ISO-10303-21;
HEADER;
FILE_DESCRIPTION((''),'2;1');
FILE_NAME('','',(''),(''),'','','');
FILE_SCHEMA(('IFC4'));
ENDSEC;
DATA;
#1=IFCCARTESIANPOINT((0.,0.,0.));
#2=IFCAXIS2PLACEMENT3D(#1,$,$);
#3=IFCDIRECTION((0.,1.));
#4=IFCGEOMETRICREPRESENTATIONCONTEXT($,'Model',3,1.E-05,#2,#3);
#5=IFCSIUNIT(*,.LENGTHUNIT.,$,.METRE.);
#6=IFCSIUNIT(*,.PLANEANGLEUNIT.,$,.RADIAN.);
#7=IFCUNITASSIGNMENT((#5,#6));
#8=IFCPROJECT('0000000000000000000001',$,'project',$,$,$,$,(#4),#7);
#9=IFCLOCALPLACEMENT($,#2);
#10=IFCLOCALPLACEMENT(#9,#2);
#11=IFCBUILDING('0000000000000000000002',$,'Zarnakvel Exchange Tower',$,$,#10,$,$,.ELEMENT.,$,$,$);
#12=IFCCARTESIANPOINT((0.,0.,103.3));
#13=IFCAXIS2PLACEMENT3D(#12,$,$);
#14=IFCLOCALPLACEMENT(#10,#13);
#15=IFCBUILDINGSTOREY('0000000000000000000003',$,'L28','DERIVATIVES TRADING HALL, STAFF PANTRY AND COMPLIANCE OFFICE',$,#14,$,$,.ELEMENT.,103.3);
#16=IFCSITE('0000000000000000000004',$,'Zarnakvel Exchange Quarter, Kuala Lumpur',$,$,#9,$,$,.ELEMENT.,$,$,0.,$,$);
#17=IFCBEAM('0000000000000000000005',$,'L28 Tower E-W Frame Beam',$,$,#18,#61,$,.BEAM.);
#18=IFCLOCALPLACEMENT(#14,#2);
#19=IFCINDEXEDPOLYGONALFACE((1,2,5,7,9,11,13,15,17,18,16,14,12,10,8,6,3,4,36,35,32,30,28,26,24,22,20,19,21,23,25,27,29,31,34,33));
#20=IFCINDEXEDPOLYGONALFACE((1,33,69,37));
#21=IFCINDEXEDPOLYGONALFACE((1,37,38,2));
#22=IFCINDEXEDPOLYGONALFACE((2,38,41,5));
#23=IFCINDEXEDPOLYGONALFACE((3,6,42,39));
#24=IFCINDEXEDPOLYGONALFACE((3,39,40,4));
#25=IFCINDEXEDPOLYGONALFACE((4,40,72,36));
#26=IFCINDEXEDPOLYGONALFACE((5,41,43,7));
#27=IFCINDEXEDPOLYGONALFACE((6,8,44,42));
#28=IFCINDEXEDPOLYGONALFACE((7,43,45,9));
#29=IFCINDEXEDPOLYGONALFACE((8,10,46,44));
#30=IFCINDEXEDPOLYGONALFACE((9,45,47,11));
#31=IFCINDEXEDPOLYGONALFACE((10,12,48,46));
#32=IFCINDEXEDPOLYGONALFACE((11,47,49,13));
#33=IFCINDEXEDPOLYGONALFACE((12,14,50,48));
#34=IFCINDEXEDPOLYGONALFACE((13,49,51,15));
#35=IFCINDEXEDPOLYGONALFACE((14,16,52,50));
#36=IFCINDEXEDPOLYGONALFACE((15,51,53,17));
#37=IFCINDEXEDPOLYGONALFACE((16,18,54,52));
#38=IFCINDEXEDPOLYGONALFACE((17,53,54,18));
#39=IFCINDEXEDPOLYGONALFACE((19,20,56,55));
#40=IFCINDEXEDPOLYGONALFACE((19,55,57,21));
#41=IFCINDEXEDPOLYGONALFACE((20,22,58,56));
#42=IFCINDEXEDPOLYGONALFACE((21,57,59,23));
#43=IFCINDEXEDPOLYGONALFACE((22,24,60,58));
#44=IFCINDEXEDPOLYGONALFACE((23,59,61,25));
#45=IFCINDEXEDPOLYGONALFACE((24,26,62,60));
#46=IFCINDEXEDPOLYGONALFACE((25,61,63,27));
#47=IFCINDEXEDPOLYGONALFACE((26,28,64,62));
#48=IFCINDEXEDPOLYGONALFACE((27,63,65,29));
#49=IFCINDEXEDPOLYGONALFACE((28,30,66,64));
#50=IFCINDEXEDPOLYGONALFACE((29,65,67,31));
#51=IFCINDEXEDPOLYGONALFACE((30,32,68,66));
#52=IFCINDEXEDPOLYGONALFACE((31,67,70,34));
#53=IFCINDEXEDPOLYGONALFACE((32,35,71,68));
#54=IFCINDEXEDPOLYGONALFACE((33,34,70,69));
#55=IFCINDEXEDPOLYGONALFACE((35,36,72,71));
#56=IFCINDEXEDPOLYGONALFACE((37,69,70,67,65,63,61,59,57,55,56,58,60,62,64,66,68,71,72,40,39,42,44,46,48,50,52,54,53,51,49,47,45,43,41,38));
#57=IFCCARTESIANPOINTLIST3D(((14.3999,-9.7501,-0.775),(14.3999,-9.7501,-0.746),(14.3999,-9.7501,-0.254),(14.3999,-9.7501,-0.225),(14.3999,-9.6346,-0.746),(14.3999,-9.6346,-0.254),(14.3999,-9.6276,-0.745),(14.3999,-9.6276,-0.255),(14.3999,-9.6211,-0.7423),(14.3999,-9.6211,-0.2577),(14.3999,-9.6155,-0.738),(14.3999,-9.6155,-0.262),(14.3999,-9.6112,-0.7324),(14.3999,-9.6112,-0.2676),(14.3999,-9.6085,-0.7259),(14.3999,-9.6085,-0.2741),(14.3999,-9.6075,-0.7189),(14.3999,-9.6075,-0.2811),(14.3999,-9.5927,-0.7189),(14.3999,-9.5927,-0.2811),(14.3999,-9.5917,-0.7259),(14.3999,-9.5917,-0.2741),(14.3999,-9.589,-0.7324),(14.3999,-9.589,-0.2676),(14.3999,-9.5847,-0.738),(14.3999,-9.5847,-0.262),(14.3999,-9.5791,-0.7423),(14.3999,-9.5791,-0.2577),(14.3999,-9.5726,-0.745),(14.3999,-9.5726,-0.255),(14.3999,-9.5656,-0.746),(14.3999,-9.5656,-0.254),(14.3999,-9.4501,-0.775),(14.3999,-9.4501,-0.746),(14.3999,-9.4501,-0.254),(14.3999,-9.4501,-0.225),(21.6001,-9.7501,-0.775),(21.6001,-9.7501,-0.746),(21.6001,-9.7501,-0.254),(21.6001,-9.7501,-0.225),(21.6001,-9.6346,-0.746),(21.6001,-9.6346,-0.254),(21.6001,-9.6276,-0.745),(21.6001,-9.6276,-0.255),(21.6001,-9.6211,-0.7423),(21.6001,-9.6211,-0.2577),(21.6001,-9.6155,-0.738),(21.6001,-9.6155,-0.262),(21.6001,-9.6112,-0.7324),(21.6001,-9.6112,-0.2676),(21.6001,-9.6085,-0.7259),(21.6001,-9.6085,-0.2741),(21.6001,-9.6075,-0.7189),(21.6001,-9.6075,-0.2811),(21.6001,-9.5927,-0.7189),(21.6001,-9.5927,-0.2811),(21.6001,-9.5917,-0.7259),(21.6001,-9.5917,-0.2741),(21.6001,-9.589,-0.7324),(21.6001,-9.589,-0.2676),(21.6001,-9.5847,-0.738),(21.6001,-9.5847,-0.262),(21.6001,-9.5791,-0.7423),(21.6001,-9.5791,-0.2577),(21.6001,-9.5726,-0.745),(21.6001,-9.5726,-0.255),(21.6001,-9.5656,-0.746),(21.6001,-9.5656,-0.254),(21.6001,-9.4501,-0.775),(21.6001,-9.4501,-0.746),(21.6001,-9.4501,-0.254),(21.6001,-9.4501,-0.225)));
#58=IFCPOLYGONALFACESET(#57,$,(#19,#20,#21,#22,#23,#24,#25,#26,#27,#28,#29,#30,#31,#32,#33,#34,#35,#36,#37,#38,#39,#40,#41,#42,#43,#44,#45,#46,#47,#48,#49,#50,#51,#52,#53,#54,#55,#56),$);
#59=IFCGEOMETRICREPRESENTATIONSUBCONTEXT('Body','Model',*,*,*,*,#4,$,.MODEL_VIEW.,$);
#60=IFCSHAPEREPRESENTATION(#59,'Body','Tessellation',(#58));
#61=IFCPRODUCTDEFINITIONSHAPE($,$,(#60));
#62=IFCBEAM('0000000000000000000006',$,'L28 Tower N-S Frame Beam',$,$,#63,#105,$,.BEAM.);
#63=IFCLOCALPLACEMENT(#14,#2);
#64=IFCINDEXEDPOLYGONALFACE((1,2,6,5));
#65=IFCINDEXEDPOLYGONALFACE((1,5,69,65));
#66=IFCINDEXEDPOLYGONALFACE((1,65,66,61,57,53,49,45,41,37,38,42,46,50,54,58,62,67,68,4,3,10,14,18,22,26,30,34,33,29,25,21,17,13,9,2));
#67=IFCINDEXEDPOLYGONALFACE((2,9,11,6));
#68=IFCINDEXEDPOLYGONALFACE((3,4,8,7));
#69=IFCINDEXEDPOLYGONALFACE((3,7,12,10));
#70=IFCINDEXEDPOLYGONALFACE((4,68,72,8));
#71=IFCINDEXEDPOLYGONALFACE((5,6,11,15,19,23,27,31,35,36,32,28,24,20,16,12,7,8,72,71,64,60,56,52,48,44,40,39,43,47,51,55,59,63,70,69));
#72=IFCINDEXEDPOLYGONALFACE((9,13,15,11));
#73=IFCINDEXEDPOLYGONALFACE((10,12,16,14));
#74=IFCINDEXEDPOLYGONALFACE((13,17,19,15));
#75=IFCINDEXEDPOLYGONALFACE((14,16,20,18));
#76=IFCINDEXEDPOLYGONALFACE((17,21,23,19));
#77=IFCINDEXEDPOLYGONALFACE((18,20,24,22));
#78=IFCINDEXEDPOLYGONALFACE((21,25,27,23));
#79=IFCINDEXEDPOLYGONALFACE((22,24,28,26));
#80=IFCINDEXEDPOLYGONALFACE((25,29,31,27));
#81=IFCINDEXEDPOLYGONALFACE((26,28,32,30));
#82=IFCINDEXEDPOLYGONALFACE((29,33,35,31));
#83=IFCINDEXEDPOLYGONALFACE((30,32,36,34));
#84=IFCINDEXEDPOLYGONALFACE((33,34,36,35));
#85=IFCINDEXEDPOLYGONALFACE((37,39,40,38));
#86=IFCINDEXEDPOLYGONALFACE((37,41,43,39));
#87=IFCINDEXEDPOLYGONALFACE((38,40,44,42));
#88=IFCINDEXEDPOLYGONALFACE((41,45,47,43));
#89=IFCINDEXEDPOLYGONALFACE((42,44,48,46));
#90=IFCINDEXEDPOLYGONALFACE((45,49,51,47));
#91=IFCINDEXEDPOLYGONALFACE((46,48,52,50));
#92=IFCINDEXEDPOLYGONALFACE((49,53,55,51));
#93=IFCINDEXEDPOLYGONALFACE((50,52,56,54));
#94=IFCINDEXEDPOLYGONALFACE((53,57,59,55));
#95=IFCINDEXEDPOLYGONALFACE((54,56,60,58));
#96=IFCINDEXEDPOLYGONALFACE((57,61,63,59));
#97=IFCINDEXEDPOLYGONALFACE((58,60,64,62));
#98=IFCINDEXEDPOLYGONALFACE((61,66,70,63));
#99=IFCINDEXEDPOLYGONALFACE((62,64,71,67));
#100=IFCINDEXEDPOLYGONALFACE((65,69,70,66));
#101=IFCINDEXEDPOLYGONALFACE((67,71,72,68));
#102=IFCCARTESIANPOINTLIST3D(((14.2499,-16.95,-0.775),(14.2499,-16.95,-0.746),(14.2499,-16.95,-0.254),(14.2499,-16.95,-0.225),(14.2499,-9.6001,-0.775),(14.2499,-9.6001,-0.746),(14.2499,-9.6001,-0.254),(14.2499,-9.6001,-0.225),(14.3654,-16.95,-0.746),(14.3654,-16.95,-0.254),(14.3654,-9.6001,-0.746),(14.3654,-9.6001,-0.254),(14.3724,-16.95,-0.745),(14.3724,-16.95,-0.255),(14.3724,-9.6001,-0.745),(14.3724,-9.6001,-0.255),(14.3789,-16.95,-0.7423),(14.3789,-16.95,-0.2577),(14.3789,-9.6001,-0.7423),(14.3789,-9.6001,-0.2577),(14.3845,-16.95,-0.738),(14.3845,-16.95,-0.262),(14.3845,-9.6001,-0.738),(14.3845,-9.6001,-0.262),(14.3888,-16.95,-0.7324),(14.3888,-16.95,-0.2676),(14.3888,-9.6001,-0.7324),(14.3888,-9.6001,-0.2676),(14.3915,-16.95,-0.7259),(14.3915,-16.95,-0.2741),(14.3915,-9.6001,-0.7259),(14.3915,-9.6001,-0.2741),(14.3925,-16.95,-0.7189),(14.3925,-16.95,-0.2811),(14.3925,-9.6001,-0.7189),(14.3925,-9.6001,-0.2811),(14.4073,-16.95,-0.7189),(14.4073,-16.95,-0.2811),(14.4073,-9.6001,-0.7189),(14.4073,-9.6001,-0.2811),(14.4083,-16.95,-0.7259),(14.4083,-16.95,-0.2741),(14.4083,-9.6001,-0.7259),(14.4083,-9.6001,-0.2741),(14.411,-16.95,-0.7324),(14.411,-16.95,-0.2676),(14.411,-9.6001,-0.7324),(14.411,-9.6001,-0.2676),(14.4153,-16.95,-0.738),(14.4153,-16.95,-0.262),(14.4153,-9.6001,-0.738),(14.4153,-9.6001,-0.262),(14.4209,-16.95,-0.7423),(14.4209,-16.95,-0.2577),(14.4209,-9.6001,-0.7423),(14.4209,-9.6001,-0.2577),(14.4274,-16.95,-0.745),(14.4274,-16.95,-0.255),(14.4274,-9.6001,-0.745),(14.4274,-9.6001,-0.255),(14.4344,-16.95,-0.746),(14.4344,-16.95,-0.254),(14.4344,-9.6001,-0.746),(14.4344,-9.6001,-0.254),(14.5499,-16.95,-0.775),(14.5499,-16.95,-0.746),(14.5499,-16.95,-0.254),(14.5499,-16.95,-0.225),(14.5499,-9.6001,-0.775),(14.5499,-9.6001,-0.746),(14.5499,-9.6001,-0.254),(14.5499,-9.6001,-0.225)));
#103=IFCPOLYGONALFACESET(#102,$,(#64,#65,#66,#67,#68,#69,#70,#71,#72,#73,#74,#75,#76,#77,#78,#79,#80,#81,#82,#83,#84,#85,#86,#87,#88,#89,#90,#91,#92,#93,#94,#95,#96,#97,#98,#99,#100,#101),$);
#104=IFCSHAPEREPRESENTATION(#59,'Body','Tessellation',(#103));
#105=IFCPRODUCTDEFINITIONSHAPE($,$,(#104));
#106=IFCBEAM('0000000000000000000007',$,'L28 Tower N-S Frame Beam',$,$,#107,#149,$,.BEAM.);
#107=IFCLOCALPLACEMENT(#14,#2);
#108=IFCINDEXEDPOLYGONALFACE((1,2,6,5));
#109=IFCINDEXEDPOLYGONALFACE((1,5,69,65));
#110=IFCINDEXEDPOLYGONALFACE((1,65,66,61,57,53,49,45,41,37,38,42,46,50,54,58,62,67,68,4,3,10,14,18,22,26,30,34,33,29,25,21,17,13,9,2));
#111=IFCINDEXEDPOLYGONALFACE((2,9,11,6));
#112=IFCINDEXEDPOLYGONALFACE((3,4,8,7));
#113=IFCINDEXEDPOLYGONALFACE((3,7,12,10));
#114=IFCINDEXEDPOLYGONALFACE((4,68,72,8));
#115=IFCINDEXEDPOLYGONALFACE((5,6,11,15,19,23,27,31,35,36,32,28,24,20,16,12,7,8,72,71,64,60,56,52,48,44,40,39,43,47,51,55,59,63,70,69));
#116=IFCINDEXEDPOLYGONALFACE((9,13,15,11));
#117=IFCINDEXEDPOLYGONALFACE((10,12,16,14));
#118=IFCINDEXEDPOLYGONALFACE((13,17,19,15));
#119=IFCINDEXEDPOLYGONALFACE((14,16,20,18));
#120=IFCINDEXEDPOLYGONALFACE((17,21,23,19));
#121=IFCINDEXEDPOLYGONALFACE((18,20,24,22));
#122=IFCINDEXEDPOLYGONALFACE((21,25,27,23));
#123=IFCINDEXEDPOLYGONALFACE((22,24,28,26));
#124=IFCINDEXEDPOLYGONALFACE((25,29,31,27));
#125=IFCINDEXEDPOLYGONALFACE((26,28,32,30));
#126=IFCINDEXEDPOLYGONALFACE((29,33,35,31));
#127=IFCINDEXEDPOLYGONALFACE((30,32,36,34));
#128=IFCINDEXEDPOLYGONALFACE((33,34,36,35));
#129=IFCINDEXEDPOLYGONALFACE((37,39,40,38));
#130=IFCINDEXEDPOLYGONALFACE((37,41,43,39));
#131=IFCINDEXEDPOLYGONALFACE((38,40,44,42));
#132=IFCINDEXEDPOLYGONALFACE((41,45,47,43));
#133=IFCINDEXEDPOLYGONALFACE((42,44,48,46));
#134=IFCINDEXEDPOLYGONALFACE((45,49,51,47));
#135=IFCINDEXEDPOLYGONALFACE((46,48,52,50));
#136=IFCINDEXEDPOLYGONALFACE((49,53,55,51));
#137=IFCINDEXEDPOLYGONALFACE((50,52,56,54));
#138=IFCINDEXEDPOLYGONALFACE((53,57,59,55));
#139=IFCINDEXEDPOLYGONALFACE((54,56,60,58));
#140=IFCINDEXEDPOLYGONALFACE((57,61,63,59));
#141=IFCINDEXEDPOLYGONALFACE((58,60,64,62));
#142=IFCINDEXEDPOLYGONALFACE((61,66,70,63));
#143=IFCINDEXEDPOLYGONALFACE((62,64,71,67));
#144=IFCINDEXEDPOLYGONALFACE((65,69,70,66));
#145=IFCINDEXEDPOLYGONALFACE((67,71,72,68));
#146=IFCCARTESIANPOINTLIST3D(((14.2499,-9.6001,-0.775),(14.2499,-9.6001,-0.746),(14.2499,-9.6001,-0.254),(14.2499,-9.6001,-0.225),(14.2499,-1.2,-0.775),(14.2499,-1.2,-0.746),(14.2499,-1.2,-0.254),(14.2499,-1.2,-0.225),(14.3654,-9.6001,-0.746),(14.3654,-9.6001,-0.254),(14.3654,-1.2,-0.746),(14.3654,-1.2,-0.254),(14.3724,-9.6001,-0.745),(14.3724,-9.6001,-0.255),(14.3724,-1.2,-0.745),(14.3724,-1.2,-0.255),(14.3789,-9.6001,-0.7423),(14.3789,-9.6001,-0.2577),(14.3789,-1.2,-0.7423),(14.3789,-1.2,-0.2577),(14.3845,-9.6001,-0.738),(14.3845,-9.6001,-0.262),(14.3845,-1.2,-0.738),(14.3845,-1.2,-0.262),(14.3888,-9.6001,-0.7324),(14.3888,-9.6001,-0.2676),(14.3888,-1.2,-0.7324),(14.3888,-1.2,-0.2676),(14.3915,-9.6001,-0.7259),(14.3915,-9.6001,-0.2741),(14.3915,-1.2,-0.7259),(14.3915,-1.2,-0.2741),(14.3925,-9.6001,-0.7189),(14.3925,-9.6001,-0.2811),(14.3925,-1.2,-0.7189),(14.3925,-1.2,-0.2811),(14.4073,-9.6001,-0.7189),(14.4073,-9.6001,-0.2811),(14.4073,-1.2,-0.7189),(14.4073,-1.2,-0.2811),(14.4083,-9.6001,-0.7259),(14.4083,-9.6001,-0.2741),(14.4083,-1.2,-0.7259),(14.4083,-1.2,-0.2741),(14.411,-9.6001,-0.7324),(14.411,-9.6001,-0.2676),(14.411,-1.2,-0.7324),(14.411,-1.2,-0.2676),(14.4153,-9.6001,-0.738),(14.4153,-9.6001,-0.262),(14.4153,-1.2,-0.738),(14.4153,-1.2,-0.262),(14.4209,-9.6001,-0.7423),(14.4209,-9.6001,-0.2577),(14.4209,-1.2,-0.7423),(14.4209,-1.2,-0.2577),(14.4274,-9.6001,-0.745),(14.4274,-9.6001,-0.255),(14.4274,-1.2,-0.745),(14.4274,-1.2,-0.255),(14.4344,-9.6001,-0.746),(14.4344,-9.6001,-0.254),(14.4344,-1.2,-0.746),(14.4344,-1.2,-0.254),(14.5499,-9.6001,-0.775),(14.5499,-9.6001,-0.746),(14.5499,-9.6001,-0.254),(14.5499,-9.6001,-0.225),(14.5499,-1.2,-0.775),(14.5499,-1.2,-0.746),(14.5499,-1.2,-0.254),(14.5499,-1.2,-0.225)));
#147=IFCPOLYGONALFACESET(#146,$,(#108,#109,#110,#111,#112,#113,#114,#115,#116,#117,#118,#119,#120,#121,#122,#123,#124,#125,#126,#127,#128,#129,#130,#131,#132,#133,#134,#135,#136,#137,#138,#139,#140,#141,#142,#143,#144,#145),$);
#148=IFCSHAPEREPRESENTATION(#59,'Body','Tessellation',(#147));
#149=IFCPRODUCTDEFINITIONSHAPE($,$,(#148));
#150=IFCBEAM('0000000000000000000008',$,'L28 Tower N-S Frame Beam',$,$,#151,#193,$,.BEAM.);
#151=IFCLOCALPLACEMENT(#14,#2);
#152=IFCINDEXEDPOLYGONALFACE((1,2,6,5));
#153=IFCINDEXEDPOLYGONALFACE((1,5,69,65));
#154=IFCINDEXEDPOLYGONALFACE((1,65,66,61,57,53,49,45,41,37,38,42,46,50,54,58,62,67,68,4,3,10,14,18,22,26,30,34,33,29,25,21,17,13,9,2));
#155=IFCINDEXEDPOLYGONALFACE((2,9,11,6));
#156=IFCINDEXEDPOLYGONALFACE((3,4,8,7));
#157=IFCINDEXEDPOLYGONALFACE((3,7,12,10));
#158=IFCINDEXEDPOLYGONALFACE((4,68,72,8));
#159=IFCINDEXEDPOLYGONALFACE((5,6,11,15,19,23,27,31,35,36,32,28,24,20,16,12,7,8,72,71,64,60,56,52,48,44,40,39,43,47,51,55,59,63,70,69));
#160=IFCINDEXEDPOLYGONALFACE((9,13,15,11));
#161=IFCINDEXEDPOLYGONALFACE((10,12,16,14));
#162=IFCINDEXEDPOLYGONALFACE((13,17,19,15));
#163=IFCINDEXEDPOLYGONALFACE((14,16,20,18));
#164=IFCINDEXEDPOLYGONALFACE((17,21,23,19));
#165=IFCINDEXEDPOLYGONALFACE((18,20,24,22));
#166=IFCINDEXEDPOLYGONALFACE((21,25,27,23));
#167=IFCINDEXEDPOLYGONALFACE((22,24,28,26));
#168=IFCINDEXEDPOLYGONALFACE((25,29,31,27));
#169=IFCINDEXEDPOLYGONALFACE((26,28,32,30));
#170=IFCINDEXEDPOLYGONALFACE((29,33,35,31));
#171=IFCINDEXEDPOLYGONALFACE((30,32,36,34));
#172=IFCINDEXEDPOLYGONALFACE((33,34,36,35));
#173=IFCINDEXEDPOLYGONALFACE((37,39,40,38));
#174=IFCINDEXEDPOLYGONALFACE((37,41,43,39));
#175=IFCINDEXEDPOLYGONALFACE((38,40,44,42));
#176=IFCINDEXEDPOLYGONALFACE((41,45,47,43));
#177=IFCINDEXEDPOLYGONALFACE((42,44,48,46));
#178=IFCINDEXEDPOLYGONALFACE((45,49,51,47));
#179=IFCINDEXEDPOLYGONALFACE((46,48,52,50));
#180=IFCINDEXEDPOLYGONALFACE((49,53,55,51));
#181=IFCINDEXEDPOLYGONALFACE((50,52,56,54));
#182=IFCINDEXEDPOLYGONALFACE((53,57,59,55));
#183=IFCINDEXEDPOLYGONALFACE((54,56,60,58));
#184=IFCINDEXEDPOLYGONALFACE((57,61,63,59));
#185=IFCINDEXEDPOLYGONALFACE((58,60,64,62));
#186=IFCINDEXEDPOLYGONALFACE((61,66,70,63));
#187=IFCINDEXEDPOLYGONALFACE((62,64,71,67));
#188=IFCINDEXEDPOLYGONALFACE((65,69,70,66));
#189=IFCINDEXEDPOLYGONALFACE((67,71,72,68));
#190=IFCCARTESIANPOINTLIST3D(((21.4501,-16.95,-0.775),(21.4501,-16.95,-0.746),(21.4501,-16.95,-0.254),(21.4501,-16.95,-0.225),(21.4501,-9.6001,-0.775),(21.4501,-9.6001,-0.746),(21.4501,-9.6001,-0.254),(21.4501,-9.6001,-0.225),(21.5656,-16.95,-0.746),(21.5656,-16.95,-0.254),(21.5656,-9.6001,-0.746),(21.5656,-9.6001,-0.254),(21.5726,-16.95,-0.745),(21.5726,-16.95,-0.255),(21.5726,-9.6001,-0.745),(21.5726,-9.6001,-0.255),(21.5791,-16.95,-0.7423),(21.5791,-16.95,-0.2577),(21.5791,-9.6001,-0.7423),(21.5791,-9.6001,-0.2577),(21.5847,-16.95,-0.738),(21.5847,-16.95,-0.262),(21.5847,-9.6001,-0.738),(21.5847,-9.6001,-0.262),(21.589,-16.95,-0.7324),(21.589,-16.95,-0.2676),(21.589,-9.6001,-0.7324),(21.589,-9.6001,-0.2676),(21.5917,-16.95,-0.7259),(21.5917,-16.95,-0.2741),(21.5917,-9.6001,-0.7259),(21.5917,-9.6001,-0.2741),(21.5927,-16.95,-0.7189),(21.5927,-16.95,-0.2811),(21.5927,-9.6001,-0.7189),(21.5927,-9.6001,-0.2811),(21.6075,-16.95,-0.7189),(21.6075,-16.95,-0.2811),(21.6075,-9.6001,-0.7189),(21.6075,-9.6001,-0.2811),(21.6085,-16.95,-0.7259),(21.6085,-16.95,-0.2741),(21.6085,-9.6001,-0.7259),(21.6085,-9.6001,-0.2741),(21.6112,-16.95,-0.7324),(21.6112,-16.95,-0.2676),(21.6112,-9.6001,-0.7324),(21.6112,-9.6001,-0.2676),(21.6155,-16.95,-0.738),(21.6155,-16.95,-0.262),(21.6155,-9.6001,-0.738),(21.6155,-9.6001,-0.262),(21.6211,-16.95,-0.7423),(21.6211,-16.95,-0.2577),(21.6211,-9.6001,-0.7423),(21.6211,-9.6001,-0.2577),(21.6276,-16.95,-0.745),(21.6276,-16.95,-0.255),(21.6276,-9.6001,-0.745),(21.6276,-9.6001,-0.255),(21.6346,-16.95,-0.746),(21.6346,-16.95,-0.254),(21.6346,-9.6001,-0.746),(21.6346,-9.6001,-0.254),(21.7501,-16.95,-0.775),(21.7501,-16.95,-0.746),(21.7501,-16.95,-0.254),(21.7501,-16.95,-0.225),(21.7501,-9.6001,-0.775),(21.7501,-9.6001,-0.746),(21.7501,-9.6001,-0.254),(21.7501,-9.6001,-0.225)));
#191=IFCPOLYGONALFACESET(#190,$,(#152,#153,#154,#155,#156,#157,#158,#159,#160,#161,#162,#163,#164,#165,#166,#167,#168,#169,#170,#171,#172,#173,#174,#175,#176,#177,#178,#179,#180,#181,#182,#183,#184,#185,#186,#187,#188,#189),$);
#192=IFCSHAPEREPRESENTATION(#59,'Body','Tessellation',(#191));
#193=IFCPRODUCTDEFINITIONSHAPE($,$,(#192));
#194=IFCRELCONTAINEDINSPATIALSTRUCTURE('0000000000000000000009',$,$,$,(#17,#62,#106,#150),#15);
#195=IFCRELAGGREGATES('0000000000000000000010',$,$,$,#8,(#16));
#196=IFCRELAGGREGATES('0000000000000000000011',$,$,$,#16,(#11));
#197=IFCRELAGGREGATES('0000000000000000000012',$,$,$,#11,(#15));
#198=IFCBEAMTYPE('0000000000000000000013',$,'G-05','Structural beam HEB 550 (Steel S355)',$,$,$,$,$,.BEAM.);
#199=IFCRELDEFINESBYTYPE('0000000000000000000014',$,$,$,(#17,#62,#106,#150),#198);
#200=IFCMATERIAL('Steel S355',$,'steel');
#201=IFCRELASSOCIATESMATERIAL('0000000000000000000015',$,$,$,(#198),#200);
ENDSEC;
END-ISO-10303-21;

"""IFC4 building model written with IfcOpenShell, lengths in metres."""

from ifc_helpers import new_model, si_unit, direction, frame, origin, origin_2d, place, context, subcontext, project, spatial, i_section, extrude, material, material_profile, profile_set, type_object, element, save


model = new_model("IFC4")

# Units and contexts
model_context = context("Model", 3, precision=1e-05, world=origin(), true_north=direction((0.0, 1.0)))
body_context = subcontext(model_context, "Body", "Model", "MODEL_VIEW")
ifc_project = project(units=[si_unit("LENGTHUNIT", "METRE"), si_unit("PLANEANGLEUNIT", "RADIAN")], contexts=[model_context])

# Site, building, storey
site_placement = place(None, origin())
site = spatial("IfcSite", under=ifc_project, at=site_placement, Name="Zarnakvel Exchange Quarter, Kuala Lumpur", CompositionType="ELEMENT", RefElevation=0.0)
building_placement = place(site_placement, origin())
building = spatial("IfcBuilding", under=site, at=building_placement, Name="Zarnakvel Exchange Tower", CompositionType="ELEMENT")
storey_placement = place(building_placement, frame((0.0, 0.0, 103.3)))
storey = spatial("IfcBuildingStorey", under=building, at=storey_placement, Name="L28", Description="DERIVATIVES TRADING HALL, STAFF PANTRY AND COMPLIANCE OFFICE", CompositionType="ELEMENT", Elevation=103.3)

# Beams
ifc_material_1 = material(Name="Steel S355", Category="steel")
ifc_material_profile_1 = material_profile(ifc_material_1, i_section(OverallWidth=0.3, OverallDepth=0.55, WebThickness=0.0149, FlangeThickness=0.0291, FilletRadius=0.0271, at=origin_2d()))
ifc_profile_set_1 = profile_set([ifc_material_profile_1], Name="Steel S355")
beam_type_1 = type_object("IfcBeamType", Name="G-05", Description="Structural beam HEB 550 (Steel S355)", PredefinedType="BEAM", material=ifc_profile_set_1)
beam_1_placement = place(storey_placement, frame((14.3999, -9.6001, -0.5), z_axis=(1.0, 0.0, 0.0), x_axis=(0.0, 1.0, 0.0)))
element("IfcBeam", 1, at=beam_1_placement, inside=storey, type_object=beam_type_1, Name="L28 Tower E-W Frame Beam", PredefinedType="BEAM", context=body_context, shape_type="SweptSolid", body=[
    extrude(i_section(OverallWidth=0.3, OverallDepth=0.55, WebThickness=0.0149, FlangeThickness=0.0291, FilletRadius=0.0271, at=origin_2d()), origin(), (0.0, 0.0, 1.0), 7.2002),
])
beam_2_placement = place(storey_placement, frame((14.3999, -16.95, -0.5), z_axis=(0.0, 1.0, 0.0), x_axis=(-1.0, 0.0, 0.0)))
element("IfcBeam", 2, at=beam_2_placement, inside=storey, type_object=beam_type_1, Name="L28 Tower N-S Frame Beam", PredefinedType="BEAM", context=body_context, shape_type="SweptSolid", body=[
    extrude(i_section(OverallWidth=0.3, OverallDepth=0.55, WebThickness=0.0149, FlangeThickness=0.0291, FilletRadius=0.0271, at=origin_2d()), origin(), (0.0, 0.0, 1.0), 7.3499),
])
beam_3_placement = place(storey_placement, frame((14.3999, -9.6001, -0.5), z_axis=(0.0, 1.0, 0.0), x_axis=(-1.0, 0.0, 0.0)))
element("IfcBeam", 3, at=beam_3_placement, inside=storey, type_object=beam_type_1, Name="L28 Tower N-S Frame Beam", PredefinedType="BEAM", context=body_context, shape_type="SweptSolid", body=[
    extrude(i_section(OverallWidth=0.3, OverallDepth=0.55, WebThickness=0.0149, FlangeThickness=0.0291, FilletRadius=0.0271, at=origin_2d()), origin(), (0.0, 0.0, 1.0), 8.4001),
])
beam_4_placement = place(storey_placement, frame((21.6001, -16.95, -0.5), z_axis=(0.0, 1.0, 0.0), x_axis=(-1.0, 0.0, 0.0)))
element("IfcBeam", 4, at=beam_4_placement, inside=storey, type_object=beam_type_1, Name="L28 Tower N-S Frame Beam", PredefinedType="BEAM", context=body_context, shape_type="SweptSolid", body=[
    extrude(i_section(OverallWidth=0.3, OverallDepth=0.55, WebThickness=0.0149, FlangeThickness=0.0291, FilletRadius=0.0271, at=origin_2d()), origin(), (0.0, 0.0, 1.0), 7.3499),
])

save(model, "model.ifc")
